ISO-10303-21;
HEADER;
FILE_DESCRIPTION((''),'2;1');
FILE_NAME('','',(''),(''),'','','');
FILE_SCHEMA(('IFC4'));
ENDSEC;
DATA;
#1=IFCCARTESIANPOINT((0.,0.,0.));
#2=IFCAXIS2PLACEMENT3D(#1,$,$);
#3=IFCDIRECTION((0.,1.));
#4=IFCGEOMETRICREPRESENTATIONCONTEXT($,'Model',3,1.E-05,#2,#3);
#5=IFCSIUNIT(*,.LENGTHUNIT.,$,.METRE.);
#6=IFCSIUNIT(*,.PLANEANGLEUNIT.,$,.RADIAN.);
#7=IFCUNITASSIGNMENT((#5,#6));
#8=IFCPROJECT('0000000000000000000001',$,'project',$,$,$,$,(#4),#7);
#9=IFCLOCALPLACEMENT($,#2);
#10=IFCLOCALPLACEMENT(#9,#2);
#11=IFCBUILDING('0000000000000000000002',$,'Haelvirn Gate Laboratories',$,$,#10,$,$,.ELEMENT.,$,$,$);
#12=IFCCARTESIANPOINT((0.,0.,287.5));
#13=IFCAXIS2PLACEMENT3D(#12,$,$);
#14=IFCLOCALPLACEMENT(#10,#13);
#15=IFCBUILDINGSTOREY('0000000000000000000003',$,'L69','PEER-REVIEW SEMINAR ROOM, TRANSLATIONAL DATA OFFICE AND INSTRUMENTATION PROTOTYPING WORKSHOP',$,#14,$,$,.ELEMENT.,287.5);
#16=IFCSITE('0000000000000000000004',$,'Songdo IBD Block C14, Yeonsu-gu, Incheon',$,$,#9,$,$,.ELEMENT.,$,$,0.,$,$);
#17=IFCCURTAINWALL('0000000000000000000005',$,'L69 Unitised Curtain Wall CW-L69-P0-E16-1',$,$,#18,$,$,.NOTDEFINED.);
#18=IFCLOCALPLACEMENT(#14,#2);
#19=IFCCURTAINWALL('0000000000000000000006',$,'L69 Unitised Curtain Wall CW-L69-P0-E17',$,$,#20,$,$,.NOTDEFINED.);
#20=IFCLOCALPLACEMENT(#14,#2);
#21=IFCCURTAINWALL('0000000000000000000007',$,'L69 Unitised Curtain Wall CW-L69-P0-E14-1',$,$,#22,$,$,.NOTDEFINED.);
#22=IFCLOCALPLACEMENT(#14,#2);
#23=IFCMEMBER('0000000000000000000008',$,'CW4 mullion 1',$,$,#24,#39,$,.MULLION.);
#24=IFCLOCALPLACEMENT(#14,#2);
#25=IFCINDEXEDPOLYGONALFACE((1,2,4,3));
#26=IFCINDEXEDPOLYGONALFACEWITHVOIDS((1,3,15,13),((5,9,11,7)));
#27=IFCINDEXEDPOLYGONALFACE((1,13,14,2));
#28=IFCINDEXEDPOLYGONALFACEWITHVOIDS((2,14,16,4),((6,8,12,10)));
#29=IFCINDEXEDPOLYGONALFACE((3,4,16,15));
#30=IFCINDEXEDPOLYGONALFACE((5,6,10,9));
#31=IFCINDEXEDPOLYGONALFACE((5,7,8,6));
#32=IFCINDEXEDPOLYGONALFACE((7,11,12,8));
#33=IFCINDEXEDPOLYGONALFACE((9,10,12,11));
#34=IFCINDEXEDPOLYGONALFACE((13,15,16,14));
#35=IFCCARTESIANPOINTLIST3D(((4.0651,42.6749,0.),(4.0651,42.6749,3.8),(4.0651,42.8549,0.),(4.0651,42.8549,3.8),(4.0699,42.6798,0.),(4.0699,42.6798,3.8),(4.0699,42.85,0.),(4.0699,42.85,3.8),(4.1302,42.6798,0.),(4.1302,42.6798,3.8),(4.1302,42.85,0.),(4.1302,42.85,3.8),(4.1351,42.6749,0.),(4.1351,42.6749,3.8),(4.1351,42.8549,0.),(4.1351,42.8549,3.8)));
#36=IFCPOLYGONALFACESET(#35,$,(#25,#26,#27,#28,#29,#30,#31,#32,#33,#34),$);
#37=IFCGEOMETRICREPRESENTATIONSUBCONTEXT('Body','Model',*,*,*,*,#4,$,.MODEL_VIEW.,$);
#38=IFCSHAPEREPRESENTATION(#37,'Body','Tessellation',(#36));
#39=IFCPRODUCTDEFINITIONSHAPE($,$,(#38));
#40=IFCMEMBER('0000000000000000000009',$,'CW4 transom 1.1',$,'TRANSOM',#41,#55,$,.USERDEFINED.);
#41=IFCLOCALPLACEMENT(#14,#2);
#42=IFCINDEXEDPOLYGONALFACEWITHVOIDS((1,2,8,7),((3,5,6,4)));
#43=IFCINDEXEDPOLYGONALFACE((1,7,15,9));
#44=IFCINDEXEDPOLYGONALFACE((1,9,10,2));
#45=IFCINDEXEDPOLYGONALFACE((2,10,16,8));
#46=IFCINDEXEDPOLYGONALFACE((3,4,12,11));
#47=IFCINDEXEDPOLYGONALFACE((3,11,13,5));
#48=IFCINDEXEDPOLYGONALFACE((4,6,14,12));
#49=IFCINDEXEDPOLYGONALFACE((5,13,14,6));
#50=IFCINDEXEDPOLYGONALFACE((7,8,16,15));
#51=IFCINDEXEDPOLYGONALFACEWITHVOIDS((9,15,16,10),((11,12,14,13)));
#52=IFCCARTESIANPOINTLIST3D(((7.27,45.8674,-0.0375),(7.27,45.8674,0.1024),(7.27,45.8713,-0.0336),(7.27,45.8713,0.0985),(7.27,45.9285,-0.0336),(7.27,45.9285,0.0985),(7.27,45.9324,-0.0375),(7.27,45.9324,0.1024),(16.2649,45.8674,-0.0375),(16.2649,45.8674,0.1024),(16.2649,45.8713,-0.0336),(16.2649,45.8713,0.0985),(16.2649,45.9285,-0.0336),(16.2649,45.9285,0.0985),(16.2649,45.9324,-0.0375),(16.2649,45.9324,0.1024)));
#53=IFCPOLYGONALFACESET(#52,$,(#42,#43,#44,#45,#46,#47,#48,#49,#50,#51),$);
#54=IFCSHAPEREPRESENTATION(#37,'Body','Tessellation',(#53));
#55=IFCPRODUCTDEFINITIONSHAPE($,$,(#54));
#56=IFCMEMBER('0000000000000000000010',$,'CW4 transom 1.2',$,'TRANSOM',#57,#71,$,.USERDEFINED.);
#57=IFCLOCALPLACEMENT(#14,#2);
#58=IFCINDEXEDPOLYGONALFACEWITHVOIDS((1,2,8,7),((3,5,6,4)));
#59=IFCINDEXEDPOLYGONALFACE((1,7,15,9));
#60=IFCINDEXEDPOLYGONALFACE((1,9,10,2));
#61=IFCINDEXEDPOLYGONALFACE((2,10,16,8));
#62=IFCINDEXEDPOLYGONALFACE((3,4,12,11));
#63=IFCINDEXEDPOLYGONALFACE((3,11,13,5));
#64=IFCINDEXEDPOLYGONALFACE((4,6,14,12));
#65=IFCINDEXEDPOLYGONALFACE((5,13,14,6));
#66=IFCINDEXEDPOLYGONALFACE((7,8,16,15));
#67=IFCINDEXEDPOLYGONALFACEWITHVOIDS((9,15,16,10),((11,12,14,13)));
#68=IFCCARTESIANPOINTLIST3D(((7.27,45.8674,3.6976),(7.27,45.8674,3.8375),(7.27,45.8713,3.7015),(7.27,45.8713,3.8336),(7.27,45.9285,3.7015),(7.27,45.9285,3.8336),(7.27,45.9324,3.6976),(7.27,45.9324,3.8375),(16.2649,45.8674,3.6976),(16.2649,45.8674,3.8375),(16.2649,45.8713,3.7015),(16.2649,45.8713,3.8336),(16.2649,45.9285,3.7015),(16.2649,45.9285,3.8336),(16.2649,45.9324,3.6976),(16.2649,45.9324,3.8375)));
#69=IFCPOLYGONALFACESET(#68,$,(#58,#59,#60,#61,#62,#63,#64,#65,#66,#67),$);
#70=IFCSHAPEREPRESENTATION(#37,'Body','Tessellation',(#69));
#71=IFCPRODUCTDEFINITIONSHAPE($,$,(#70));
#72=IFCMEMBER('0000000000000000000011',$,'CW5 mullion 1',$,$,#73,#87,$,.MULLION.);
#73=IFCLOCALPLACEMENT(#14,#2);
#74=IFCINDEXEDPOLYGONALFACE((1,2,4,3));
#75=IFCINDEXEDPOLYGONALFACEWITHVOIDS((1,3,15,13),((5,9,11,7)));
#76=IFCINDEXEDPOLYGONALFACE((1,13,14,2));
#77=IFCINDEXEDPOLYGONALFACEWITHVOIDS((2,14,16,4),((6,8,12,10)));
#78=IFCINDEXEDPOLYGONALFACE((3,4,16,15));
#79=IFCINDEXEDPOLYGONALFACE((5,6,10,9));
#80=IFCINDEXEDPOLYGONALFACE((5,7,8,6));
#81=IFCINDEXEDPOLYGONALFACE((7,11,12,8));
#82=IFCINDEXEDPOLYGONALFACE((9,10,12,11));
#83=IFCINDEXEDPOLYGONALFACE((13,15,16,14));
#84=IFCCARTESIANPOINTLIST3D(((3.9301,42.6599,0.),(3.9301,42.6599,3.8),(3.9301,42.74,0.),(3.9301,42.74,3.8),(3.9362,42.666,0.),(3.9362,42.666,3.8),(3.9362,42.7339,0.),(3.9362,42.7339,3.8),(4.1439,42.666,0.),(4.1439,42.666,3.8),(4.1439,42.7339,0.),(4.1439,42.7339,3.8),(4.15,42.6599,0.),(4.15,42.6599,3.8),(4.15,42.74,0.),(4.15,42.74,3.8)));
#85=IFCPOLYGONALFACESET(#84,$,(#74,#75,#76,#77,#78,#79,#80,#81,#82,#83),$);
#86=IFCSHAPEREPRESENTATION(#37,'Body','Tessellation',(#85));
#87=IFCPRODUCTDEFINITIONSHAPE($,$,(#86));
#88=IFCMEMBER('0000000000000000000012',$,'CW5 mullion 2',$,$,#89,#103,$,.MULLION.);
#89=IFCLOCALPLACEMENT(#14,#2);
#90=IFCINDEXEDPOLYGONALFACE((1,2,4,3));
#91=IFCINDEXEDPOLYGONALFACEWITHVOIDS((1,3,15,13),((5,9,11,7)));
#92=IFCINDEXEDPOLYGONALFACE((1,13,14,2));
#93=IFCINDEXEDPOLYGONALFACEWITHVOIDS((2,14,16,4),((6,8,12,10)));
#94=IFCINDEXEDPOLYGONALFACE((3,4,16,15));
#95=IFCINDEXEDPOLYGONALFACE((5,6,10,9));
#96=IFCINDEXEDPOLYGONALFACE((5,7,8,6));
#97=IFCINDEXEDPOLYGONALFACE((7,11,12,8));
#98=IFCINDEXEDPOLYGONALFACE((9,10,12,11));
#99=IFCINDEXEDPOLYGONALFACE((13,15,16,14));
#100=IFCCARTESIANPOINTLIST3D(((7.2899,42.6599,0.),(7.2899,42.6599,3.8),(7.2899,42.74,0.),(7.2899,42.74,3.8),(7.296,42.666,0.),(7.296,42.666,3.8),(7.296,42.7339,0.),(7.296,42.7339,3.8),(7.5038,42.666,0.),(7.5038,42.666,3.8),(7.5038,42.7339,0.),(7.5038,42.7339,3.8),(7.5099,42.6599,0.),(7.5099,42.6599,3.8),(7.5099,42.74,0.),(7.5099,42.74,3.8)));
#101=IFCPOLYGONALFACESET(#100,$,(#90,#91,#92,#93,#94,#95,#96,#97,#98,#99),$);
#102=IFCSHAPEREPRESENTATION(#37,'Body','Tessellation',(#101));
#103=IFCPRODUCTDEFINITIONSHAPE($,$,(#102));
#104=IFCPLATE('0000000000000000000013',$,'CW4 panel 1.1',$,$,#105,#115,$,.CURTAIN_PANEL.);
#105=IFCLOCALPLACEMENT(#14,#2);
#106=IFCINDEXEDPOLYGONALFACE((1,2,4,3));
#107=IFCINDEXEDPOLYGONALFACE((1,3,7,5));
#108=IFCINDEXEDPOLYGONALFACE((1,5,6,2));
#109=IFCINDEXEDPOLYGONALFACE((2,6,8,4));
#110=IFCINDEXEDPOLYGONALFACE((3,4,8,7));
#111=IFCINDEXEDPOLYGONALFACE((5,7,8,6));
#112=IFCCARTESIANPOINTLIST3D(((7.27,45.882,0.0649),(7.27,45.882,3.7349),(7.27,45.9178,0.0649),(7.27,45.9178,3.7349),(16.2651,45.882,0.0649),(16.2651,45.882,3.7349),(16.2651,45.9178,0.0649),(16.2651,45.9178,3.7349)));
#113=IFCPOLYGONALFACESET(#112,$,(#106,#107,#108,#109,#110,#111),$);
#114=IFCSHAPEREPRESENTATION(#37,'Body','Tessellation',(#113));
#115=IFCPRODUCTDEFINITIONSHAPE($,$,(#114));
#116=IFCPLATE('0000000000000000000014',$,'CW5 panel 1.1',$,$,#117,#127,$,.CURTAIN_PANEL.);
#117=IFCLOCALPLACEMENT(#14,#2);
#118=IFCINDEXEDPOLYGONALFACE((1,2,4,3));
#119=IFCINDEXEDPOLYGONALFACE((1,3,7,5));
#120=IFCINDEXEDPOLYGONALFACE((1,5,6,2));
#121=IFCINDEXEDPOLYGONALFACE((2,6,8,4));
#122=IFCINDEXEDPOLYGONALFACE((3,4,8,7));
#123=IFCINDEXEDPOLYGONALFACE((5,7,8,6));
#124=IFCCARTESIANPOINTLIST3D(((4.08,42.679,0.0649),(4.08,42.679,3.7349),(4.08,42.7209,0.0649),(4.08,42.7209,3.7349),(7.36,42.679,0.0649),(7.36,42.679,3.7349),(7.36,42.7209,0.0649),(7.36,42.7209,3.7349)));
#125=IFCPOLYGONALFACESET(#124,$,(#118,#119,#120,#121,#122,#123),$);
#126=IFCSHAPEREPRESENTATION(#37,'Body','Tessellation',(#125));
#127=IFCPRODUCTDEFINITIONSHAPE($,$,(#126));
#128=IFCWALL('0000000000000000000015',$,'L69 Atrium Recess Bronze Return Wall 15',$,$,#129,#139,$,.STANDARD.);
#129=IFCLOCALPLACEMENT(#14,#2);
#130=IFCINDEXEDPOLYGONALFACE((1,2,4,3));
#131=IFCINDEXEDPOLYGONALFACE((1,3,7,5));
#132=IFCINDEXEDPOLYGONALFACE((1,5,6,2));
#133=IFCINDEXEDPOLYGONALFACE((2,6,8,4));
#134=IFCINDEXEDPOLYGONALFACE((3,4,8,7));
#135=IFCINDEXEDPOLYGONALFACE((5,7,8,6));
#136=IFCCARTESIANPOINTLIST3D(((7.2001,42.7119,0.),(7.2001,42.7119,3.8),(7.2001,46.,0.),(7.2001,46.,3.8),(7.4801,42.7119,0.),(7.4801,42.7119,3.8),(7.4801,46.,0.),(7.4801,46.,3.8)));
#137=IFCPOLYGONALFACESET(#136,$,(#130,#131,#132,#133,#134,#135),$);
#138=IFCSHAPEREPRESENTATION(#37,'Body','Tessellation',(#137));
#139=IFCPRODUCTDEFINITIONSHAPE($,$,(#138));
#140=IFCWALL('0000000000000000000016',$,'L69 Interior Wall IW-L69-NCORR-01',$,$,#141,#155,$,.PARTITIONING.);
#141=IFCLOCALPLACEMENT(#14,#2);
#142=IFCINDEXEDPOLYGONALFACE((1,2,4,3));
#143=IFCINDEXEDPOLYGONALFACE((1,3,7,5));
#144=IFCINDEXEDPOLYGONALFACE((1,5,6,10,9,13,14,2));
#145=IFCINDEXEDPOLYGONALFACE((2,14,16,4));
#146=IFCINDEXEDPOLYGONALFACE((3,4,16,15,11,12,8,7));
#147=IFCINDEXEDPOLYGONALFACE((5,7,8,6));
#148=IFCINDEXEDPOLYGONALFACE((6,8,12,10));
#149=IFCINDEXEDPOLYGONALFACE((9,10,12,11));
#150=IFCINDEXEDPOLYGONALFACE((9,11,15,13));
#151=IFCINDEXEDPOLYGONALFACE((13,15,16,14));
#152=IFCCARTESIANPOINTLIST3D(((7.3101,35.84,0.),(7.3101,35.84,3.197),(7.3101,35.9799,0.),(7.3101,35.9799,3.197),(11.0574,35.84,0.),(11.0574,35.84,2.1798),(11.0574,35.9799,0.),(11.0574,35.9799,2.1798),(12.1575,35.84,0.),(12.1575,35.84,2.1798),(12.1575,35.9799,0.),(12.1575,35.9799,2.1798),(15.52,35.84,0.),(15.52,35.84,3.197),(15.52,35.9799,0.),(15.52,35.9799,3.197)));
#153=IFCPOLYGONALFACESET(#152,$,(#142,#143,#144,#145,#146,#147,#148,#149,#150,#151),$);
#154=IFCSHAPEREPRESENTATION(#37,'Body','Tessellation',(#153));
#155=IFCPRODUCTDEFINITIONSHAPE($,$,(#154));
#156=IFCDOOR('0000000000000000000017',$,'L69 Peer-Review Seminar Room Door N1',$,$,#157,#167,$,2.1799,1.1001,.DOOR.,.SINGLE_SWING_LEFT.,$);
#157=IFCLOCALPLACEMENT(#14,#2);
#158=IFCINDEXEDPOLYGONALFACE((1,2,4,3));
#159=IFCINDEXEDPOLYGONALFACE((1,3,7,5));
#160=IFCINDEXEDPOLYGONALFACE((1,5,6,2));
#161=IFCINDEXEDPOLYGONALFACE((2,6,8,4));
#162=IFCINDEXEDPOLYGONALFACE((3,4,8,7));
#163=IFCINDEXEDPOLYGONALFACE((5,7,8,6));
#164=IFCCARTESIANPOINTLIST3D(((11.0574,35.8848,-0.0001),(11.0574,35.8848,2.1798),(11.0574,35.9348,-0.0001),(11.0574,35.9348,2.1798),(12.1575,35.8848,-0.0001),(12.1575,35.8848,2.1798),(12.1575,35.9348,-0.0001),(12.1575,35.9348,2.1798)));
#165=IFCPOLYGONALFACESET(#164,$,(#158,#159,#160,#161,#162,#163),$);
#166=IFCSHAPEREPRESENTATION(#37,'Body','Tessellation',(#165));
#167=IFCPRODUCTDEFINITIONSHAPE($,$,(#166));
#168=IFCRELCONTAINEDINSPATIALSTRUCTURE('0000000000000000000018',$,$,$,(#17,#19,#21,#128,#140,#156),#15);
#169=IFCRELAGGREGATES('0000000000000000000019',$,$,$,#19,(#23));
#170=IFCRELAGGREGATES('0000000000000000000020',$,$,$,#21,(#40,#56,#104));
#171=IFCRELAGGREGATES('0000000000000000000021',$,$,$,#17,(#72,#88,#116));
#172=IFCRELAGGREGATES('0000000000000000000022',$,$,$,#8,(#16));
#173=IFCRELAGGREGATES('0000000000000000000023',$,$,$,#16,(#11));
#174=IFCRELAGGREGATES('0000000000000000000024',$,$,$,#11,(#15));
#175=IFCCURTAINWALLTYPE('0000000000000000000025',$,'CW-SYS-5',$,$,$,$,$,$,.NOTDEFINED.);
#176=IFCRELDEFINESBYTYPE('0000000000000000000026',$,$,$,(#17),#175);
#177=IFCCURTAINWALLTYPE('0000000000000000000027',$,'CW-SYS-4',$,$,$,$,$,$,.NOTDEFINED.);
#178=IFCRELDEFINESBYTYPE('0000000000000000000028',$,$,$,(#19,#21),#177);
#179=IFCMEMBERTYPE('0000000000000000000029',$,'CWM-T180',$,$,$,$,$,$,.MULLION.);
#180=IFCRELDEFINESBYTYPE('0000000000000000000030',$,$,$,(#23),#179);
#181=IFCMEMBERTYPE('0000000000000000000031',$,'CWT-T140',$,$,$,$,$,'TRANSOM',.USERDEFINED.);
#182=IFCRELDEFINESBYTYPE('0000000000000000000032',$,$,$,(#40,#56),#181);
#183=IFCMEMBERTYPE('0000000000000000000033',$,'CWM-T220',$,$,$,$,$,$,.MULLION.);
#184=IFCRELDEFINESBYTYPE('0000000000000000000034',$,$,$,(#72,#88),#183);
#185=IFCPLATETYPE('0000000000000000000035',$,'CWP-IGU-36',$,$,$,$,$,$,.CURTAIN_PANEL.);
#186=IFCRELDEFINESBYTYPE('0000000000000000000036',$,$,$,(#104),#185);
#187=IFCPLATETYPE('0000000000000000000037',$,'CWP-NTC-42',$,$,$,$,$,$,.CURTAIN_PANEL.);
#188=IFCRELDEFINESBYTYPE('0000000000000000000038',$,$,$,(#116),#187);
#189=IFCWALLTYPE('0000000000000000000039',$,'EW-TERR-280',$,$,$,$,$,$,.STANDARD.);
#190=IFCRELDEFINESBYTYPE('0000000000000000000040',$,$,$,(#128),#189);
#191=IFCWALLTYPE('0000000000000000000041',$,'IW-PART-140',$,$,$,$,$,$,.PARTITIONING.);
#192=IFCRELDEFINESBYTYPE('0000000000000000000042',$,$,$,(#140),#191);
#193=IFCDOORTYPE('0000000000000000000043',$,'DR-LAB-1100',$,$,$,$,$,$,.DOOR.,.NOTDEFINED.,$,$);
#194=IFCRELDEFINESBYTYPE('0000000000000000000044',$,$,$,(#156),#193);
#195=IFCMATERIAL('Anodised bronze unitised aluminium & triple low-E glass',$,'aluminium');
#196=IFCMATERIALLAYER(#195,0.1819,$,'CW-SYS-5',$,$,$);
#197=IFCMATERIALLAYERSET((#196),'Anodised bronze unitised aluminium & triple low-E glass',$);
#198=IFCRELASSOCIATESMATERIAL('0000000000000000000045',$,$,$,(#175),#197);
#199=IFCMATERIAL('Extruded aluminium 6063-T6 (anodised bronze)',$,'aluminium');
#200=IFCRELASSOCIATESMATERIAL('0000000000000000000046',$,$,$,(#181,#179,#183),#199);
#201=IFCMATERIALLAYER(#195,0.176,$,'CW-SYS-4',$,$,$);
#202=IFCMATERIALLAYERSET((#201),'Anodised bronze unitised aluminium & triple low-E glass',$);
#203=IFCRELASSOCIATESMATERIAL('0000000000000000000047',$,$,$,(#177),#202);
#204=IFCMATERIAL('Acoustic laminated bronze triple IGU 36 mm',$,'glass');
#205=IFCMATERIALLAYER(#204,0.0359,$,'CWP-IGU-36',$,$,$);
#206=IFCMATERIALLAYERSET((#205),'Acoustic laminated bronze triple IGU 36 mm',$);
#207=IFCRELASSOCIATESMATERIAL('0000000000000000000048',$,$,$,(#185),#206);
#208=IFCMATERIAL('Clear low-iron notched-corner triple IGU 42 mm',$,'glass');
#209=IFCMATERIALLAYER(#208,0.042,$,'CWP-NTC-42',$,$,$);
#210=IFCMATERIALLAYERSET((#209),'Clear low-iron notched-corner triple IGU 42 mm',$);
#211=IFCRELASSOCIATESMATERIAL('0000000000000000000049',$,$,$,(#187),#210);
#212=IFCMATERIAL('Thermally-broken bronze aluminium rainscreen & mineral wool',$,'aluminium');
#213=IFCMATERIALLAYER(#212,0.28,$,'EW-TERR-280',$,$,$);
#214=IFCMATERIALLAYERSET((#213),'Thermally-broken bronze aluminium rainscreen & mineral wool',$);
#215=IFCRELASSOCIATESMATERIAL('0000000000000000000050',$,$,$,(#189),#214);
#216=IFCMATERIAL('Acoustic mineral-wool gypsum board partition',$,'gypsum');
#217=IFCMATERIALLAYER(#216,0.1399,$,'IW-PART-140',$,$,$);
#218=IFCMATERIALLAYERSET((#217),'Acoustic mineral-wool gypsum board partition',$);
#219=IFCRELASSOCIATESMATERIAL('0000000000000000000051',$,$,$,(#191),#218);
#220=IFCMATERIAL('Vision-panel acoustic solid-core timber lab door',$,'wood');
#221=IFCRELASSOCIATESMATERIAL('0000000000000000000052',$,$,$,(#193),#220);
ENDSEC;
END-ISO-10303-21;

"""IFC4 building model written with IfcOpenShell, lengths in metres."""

from ifc_helpers import new_model, si_unit, direction, frame, frame_2d, origin, origin_2d, place, context, subcontext, project, spatial, rectangle, hollow_rectangle, extrude, source, transform, mapped, material, layer, layer_set, material_profile, profile_set, type_object, type_shapes, element, fill, aggregate, save


model = new_model("IFC4")

# Units and contexts
model_context = context("Model", 3, precision=1e-05, world=origin(), true_north=direction((0.0, 1.0)))
body_context = subcontext(model_context, "Body", "Model", "MODEL_VIEW")
ifc_project = project(units=[si_unit("LENGTHUNIT", "METRE"), si_unit("PLANEANGLEUNIT", "RADIAN")], contexts=[model_context])

# Site, building, storey
site_placement = place(None, origin())
site = spatial("IfcSite", under=ifc_project, at=site_placement, Name="Songdo IBD Block C14, Yeonsu-gu, Incheon", CompositionType="ELEMENT", RefElevation=0.0)
building_placement = place(site_placement, origin())
building = spatial("IfcBuilding", under=site, at=building_placement, Name="Haelvirn Gate Laboratories", CompositionType="ELEMENT")
storey_placement = place(building_placement, frame((0.0, 0.0, 287.5)))
storey = spatial("IfcBuildingStorey", under=building, at=storey_placement, Name="L69", Description="PEER-REVIEW SEMINAR ROOM, TRANSLATIONAL DATA OFFICE AND INSTRUMENTATION PROTOTYPING WORKSHOP", CompositionType="ELEMENT", Elevation=287.5)

# Curtain walls
ifc_material_1 = material(Name="Anodised bronze unitised aluminium & triple low-E glass", Category="aluminium")
ifc_layer_1 = layer(ifc_material_1, 0.1819, Name="CW-SYS-5")
ifc_layer_set_1 = layer_set([ifc_layer_1], Name="Anodised bronze unitised aluminium & triple low-E glass")
curtain_wall_type_1 = type_object("IfcCurtainWallType", Name="CW-SYS-5", PredefinedType="NOTDEFINED", material=ifc_layer_set_1)
curtain_wall_1_placement = place(storey_placement, origin())
curtain_wall_1 = element("IfcCurtainWall", 1, at=curtain_wall_1_placement, inside=storey, type_object=curtain_wall_type_1, Name="L69 Unitised Curtain Wall CW-L69-P0-E16-1", PredefinedType="NOTDEFINED")
ifc_material_2 = material(Name="Extruded aluminium 6063-T6 (anodised bronze)", Category="aluminium")
ifc_material_profile_1 = material_profile(ifc_material_2, hollow_rectangle(XDim=0.0649, YDim=0.1399, WallThickness=0.0039, at=origin_2d()), Name="CWT-140x65x4")
ifc_profile_set_1 = profile_set([ifc_material_profile_1], Name="Extruded aluminium 6063-T6 (anodised bronze)")
member_type_1 = type_object("IfcMemberType", Name="CWT-T140", ElementType="TRANSOM", PredefinedType="USERDEFINED", material=ifc_profile_set_1)
ifc_layer_2 = layer(ifc_material_1, 0.176, Name="CW-SYS-4")
ifc_layer_set_2 = layer_set([ifc_layer_2], Name="Anodised bronze unitised aluminium & triple low-E glass")
curtain_wall_type_2 = type_object("IfcCurtainWallType", Name="CW-SYS-4", PredefinedType="NOTDEFINED", material=ifc_layer_set_2)
curtain_wall_2_placement = place(storey_placement, origin())
curtain_wall_2 = element("IfcCurtainWall", 2, at=curtain_wall_2_placement, inside=storey, type_object=curtain_wall_type_2, Name="L69 Unitised Curtain Wall CW-L69-P0-E17", PredefinedType="NOTDEFINED")

# Curtain wall
curtain_wall_3_placement = place(storey_placement, origin())
curtain_wall_3 = element("IfcCurtainWall", 3, at=curtain_wall_3_placement, inside=storey, type_object=curtain_wall_type_2, Name="L69 Unitised Curtain Wall CW-L69-P0-E14-1", PredefinedType="NOTDEFINED")
ifc_material_profile_2 = material_profile(ifc_material_2, hollow_rectangle(XDim=0.0701, YDim=0.1799, WallThickness=0.0049, at=origin_2d()), Name="CWM-180x70x5")
ifc_profile_set_2 = profile_set([ifc_material_profile_2], Name="Extruded aluminium 6063-T6 (anodised bronze)")
member_type_2 = type_object("IfcMemberType", Name="CWM-T180", PredefinedType="MULLION", material=ifc_profile_set_2)
shared_shape_1 = source(origin(), body_context, "Body", "SweptSolid", [
    extrude(hollow_rectangle(XDim=0.0701, YDim=0.1799, WallThickness=0.0049, at=origin_2d()), origin(), (0.0, 0.0, 1.0), 3.8),
])
type_shapes(member_type_2, [shared_shape_1])

# Members
member_1_placement = place(storey_placement, frame((4.1001, 42.7649, 0.0), z_axis=(0.0, 0.0, 1.0), x_axis=(1.0, 0.0, 0.0)))
member_1 = element("IfcMember", 4, at=member_1_placement, type_object=member_type_2, Name="CW4 mullion 1", PredefinedType="MULLION", context=body_context, shape_type="MappedRepresentation", body=[
    mapped(shared_shape_1, transform((0.0, 0.0, 0.0), scale=1.0)),
])
aggregate(curtain_wall_2, [member_1])
shared_shape_2 = source(origin(), body_context, "Body", "SweptSolid", [
    extrude(hollow_rectangle(XDim=0.0649, YDim=0.1399, WallThickness=0.0039, at=origin_2d()), origin(), (0.0, 0.0, 1.0), 8.9949),
])
member_2_placement = place(storey_placement, frame((7.27, 45.8999, 0.0325), z_axis=(1.0, 0.0, 0.0), x_axis=(0.0, 1.0, 0.0)))
member_2 = element("IfcMember", 5, at=member_2_placement, type_object=member_type_1, Name="CW4 transom 1.1", ObjectType="TRANSOM", PredefinedType="USERDEFINED", context=body_context, shape_type="MappedRepresentation", body=[
    mapped(shared_shape_2, transform((0.0, 0.0, 0.0), scale=1.0)),
])
member_3_placement = place(storey_placement, frame((7.27, 45.8999, 3.7676), z_axis=(1.0, 0.0, 0.0), x_axis=(0.0, 1.0, 0.0)))
member_3 = element("IfcMember", 6, at=member_3_placement, type_object=member_type_1, Name="CW4 transom 1.2", ObjectType="TRANSOM", PredefinedType="USERDEFINED", context=body_context, shape_type="MappedRepresentation", body=[
    mapped(shared_shape_2, transform((0.0, 0.0, 0.0), scale=1.0)),
])
ifc_material_profile_3 = material_profile(ifc_material_2, hollow_rectangle(XDim=0.0801, YDim=0.22, WallThickness=0.0061, at=origin_2d()), Name="CWM-220x80x6")
ifc_profile_set_3 = profile_set([ifc_material_profile_3], Name="Extruded aluminium 6063-T6 (anodised bronze)")
member_type_3 = type_object("IfcMemberType", Name="CWM-T220", PredefinedType="MULLION", material=ifc_profile_set_3)
shared_shape_3 = source(origin(), body_context, "Body", "SweptSolid", [
    extrude(hollow_rectangle(XDim=0.0801, YDim=0.22, WallThickness=0.0061, at=origin_2d()), origin(), (0.0, 0.0, 1.0), 3.8),
])
type_shapes(member_type_3, [shared_shape_3])
member_4_placement = place(storey_placement, frame((4.04, 42.7, 0.0), z_axis=(0.0, 0.0, 1.0), x_axis=(0.0, 1.0, 0.0)))
member_4 = element("IfcMember", 7, at=member_4_placement, type_object=member_type_3, Name="CW5 mullion 1", PredefinedType="MULLION", context=body_context, shape_type="MappedRepresentation", body=[
    mapped(shared_shape_3, transform((0.0, 0.0, 0.0), scale=1.0)),
])
member_5_placement = place(storey_placement, frame((7.3999, 42.7, 0.0), z_axis=(0.0, 0.0, 1.0), x_axis=(0.0, 1.0, 0.0)))
member_5 = element("IfcMember", 8, at=member_5_placement, type_object=member_type_3, Name="CW5 mullion 2", PredefinedType="MULLION", context=body_context, shape_type="MappedRepresentation", body=[
    mapped(shared_shape_3, transform((0.0, 0.0, 0.0), scale=1.0)),
])

# Plates
ifc_material_3 = material(Name="Acoustic laminated bronze triple IGU 36 mm", Category="glass")
ifc_layer_3 = layer(ifc_material_3, 0.0359, Name="CWP-IGU-36")
ifc_layer_set_3 = layer_set([ifc_layer_3], Name="Acoustic laminated bronze triple IGU 36 mm")
plate_type_1 = type_object("IfcPlateType", Name="CWP-IGU-36", PredefinedType="CURTAIN_PANEL", material=ifc_layer_set_3)
shared_shape_4 = source(origin(), body_context, "Body", "SweptSolid", [
    extrude(rectangle(XDim=8.9951, YDim=0.0359, at=origin_2d()), origin(), (0.0, 0.0, 1.0), 3.6699),
])
type_shapes(plate_type_1, [shared_shape_4])
plate_1_placement = place(storey_placement, frame((11.7676, 45.8999, 0.0649), z_axis=(0.0, 0.0, 1.0), x_axis=(1.0, 0.0, 0.0)))
plate_1 = element("IfcPlate", 9, at=plate_1_placement, type_object=plate_type_1, Name="CW4 panel 1.1", PredefinedType="CURTAIN_PANEL", context=body_context, shape_type="MappedRepresentation", body=[
    mapped(shared_shape_4, transform((0.0, 0.0, 0.0), scale=1.0)),
])
aggregate(curtain_wall_3, [member_2, member_3, plate_1])
ifc_material_4 = material(Name="Clear low-iron notched-corner triple IGU 42 mm", Category="glass")
ifc_layer_4 = layer(ifc_material_4, 0.042, Name="CWP-NTC-42")
ifc_layer_set_4 = layer_set([ifc_layer_4], Name="Clear low-iron notched-corner triple IGU 42 mm")
plate_type_2 = type_object("IfcPlateType", Name="CWP-NTC-42", PredefinedType="CURTAIN_PANEL", material=ifc_layer_set_4)
shared_shape_5 = source(origin(), body_context, "Body", "SweptSolid", [
    extrude(rectangle(XDim=3.28, YDim=0.042, at=origin_2d()), origin(), (0.0, 0.0, 1.0), 3.6699),
])
type_shapes(plate_type_2, [shared_shape_5])
plate_2_placement = place(storey_placement, frame((5.72, 42.7, 0.0649), z_axis=(0.0, 0.0, 1.0), x_axis=(1.0, 0.0, 0.0)))
plate_2 = element("IfcPlate", 10, at=plate_2_placement, type_object=plate_type_2, Name="CW5 panel 1.1", PredefinedType="CURTAIN_PANEL", context=body_context, shape_type="MappedRepresentation", body=[
    mapped(shared_shape_5, transform((0.0, 0.0, 0.0), scale=1.0)),
])
aggregate(curtain_wall_1, [member_4, member_5, plate_2])

# Wall
ifc_material_5 = material(Name="Thermally-broken bronze aluminium rainscreen & mineral wool", Category="aluminium")
ifc_layer_5 = layer(ifc_material_5, 0.28, Name="EW-TERR-280")
ifc_layer_set_5 = layer_set([ifc_layer_5], Name="Thermally-broken bronze aluminium rainscreen & mineral wool")
wall_type_1 = type_object("IfcWallType", Name="EW-TERR-280", PredefinedType="STANDARD", material=ifc_layer_set_5)
wall_1_placement = place(storey_placement, frame((7.3401, 46.0, 0.0), z_axis=(0.0, 0.0, 1.0), x_axis=(0.0, -1.0, 0.0)))
element("IfcWall", 11, at=wall_1_placement, inside=storey, type_object=wall_type_1, Name="L69 Atrium Recess Bronze Return Wall 15", PredefinedType="STANDARD", context=body_context, shape_type="SweptSolid", body=[
    extrude(rectangle(XDim=3.2881, YDim=0.28, at=frame_2d((1.644, 0.0))), origin(), (0.0, 0.0, 1.0), 3.8),
])

# Wall, opening, door
ifc_material_6 = material(Name="Acoustic mineral-wool gypsum board partition", Category="gypsum")
ifc_layer_6 = layer(ifc_material_6, 0.1399, Name="IW-PART-140")
ifc_layer_set_6 = layer_set([ifc_layer_6], Name="Acoustic mineral-wool gypsum board partition")
wall_type_2 = type_object("IfcWallType", Name="IW-PART-140", PredefinedType="PARTITIONING", material=ifc_layer_set_6)
wall_2_placement = place(storey_placement, frame((7.3101, 35.9099, 0.0), z_axis=(0.0, 0.0, 1.0), x_axis=(1.0, 0.0, 0.0)))
wall_2 = element("IfcWall", 12, at=wall_2_placement, inside=storey, type_object=wall_type_2, Name="L69 Interior Wall IW-L69-NCORR-01", PredefinedType="PARTITIONING", context=body_context, shape_type="SweptSolid", body=[
    extrude(rectangle(XDim=8.21, YDim=0.1399, at=frame_2d((4.105, 0.0))), origin(), (0.0, 0.0, 1.0), 3.197),
])
opening_1_placement = place(wall_2_placement, frame((3.7473, 0.0, 0.0)))
opening_1 = element("IfcOpeningElement", 13, at=opening_1_placement, cuts=wall_2, PredefinedType="OPENING", context=body_context, shape_type="SweptSolid", body=[
    extrude(rectangle(XDim=1.1001, YDim=2.1799, at=frame_2d((0.55, 1.0898))), frame((0.0, 0.0801, 0.0), z_axis=(0.0, -1.0, 0.0), x_axis=(1.0, 0.0, 0.0)), (0.0, 0.0, 1.0), 0.1599),
])
ifc_material_7 = material(Name="Vision-panel acoustic solid-core timber lab door", Category="wood")
door_type_1 = type_object("IfcDoorType", Name="DR-LAB-1100", OperationType="NOTDEFINED", PredefinedType="DOOR", material=ifc_material_7)
shared_shape_6 = source(origin(), body_context, "Body", "SweptSolid", [
    extrude(rectangle(XDim=1.1001, YDim=2.1799, at=frame_2d((0.55, 1.0898))), frame((0.0, 0.0249, 0.0), z_axis=(0.0, -1.0, 0.0), x_axis=(1.0, 0.0, 0.0)), (0.0, 0.0, 1.0), 0.05),
])
type_shapes(door_type_1, [shared_shape_6])
door_1_placement = place(opening_1_placement, origin())
door_1 = element("IfcDoor", 14, at=door_1_placement, inside=storey, type_object=door_type_1, Name="L69 Peer-Review Seminar Room Door N1", OperationType="SINGLE_SWING_LEFT", OverallHeight=2.1799, OverallWidth=1.1001, PredefinedType="DOOR", context=body_context, shape_type="MappedRepresentation", body=[
    mapped(shared_shape_6, transform((0.0, 0.0, 0.0), scale=1.0)),
])
fill(opening_1, door_1)

save(model, "model.ifc")
